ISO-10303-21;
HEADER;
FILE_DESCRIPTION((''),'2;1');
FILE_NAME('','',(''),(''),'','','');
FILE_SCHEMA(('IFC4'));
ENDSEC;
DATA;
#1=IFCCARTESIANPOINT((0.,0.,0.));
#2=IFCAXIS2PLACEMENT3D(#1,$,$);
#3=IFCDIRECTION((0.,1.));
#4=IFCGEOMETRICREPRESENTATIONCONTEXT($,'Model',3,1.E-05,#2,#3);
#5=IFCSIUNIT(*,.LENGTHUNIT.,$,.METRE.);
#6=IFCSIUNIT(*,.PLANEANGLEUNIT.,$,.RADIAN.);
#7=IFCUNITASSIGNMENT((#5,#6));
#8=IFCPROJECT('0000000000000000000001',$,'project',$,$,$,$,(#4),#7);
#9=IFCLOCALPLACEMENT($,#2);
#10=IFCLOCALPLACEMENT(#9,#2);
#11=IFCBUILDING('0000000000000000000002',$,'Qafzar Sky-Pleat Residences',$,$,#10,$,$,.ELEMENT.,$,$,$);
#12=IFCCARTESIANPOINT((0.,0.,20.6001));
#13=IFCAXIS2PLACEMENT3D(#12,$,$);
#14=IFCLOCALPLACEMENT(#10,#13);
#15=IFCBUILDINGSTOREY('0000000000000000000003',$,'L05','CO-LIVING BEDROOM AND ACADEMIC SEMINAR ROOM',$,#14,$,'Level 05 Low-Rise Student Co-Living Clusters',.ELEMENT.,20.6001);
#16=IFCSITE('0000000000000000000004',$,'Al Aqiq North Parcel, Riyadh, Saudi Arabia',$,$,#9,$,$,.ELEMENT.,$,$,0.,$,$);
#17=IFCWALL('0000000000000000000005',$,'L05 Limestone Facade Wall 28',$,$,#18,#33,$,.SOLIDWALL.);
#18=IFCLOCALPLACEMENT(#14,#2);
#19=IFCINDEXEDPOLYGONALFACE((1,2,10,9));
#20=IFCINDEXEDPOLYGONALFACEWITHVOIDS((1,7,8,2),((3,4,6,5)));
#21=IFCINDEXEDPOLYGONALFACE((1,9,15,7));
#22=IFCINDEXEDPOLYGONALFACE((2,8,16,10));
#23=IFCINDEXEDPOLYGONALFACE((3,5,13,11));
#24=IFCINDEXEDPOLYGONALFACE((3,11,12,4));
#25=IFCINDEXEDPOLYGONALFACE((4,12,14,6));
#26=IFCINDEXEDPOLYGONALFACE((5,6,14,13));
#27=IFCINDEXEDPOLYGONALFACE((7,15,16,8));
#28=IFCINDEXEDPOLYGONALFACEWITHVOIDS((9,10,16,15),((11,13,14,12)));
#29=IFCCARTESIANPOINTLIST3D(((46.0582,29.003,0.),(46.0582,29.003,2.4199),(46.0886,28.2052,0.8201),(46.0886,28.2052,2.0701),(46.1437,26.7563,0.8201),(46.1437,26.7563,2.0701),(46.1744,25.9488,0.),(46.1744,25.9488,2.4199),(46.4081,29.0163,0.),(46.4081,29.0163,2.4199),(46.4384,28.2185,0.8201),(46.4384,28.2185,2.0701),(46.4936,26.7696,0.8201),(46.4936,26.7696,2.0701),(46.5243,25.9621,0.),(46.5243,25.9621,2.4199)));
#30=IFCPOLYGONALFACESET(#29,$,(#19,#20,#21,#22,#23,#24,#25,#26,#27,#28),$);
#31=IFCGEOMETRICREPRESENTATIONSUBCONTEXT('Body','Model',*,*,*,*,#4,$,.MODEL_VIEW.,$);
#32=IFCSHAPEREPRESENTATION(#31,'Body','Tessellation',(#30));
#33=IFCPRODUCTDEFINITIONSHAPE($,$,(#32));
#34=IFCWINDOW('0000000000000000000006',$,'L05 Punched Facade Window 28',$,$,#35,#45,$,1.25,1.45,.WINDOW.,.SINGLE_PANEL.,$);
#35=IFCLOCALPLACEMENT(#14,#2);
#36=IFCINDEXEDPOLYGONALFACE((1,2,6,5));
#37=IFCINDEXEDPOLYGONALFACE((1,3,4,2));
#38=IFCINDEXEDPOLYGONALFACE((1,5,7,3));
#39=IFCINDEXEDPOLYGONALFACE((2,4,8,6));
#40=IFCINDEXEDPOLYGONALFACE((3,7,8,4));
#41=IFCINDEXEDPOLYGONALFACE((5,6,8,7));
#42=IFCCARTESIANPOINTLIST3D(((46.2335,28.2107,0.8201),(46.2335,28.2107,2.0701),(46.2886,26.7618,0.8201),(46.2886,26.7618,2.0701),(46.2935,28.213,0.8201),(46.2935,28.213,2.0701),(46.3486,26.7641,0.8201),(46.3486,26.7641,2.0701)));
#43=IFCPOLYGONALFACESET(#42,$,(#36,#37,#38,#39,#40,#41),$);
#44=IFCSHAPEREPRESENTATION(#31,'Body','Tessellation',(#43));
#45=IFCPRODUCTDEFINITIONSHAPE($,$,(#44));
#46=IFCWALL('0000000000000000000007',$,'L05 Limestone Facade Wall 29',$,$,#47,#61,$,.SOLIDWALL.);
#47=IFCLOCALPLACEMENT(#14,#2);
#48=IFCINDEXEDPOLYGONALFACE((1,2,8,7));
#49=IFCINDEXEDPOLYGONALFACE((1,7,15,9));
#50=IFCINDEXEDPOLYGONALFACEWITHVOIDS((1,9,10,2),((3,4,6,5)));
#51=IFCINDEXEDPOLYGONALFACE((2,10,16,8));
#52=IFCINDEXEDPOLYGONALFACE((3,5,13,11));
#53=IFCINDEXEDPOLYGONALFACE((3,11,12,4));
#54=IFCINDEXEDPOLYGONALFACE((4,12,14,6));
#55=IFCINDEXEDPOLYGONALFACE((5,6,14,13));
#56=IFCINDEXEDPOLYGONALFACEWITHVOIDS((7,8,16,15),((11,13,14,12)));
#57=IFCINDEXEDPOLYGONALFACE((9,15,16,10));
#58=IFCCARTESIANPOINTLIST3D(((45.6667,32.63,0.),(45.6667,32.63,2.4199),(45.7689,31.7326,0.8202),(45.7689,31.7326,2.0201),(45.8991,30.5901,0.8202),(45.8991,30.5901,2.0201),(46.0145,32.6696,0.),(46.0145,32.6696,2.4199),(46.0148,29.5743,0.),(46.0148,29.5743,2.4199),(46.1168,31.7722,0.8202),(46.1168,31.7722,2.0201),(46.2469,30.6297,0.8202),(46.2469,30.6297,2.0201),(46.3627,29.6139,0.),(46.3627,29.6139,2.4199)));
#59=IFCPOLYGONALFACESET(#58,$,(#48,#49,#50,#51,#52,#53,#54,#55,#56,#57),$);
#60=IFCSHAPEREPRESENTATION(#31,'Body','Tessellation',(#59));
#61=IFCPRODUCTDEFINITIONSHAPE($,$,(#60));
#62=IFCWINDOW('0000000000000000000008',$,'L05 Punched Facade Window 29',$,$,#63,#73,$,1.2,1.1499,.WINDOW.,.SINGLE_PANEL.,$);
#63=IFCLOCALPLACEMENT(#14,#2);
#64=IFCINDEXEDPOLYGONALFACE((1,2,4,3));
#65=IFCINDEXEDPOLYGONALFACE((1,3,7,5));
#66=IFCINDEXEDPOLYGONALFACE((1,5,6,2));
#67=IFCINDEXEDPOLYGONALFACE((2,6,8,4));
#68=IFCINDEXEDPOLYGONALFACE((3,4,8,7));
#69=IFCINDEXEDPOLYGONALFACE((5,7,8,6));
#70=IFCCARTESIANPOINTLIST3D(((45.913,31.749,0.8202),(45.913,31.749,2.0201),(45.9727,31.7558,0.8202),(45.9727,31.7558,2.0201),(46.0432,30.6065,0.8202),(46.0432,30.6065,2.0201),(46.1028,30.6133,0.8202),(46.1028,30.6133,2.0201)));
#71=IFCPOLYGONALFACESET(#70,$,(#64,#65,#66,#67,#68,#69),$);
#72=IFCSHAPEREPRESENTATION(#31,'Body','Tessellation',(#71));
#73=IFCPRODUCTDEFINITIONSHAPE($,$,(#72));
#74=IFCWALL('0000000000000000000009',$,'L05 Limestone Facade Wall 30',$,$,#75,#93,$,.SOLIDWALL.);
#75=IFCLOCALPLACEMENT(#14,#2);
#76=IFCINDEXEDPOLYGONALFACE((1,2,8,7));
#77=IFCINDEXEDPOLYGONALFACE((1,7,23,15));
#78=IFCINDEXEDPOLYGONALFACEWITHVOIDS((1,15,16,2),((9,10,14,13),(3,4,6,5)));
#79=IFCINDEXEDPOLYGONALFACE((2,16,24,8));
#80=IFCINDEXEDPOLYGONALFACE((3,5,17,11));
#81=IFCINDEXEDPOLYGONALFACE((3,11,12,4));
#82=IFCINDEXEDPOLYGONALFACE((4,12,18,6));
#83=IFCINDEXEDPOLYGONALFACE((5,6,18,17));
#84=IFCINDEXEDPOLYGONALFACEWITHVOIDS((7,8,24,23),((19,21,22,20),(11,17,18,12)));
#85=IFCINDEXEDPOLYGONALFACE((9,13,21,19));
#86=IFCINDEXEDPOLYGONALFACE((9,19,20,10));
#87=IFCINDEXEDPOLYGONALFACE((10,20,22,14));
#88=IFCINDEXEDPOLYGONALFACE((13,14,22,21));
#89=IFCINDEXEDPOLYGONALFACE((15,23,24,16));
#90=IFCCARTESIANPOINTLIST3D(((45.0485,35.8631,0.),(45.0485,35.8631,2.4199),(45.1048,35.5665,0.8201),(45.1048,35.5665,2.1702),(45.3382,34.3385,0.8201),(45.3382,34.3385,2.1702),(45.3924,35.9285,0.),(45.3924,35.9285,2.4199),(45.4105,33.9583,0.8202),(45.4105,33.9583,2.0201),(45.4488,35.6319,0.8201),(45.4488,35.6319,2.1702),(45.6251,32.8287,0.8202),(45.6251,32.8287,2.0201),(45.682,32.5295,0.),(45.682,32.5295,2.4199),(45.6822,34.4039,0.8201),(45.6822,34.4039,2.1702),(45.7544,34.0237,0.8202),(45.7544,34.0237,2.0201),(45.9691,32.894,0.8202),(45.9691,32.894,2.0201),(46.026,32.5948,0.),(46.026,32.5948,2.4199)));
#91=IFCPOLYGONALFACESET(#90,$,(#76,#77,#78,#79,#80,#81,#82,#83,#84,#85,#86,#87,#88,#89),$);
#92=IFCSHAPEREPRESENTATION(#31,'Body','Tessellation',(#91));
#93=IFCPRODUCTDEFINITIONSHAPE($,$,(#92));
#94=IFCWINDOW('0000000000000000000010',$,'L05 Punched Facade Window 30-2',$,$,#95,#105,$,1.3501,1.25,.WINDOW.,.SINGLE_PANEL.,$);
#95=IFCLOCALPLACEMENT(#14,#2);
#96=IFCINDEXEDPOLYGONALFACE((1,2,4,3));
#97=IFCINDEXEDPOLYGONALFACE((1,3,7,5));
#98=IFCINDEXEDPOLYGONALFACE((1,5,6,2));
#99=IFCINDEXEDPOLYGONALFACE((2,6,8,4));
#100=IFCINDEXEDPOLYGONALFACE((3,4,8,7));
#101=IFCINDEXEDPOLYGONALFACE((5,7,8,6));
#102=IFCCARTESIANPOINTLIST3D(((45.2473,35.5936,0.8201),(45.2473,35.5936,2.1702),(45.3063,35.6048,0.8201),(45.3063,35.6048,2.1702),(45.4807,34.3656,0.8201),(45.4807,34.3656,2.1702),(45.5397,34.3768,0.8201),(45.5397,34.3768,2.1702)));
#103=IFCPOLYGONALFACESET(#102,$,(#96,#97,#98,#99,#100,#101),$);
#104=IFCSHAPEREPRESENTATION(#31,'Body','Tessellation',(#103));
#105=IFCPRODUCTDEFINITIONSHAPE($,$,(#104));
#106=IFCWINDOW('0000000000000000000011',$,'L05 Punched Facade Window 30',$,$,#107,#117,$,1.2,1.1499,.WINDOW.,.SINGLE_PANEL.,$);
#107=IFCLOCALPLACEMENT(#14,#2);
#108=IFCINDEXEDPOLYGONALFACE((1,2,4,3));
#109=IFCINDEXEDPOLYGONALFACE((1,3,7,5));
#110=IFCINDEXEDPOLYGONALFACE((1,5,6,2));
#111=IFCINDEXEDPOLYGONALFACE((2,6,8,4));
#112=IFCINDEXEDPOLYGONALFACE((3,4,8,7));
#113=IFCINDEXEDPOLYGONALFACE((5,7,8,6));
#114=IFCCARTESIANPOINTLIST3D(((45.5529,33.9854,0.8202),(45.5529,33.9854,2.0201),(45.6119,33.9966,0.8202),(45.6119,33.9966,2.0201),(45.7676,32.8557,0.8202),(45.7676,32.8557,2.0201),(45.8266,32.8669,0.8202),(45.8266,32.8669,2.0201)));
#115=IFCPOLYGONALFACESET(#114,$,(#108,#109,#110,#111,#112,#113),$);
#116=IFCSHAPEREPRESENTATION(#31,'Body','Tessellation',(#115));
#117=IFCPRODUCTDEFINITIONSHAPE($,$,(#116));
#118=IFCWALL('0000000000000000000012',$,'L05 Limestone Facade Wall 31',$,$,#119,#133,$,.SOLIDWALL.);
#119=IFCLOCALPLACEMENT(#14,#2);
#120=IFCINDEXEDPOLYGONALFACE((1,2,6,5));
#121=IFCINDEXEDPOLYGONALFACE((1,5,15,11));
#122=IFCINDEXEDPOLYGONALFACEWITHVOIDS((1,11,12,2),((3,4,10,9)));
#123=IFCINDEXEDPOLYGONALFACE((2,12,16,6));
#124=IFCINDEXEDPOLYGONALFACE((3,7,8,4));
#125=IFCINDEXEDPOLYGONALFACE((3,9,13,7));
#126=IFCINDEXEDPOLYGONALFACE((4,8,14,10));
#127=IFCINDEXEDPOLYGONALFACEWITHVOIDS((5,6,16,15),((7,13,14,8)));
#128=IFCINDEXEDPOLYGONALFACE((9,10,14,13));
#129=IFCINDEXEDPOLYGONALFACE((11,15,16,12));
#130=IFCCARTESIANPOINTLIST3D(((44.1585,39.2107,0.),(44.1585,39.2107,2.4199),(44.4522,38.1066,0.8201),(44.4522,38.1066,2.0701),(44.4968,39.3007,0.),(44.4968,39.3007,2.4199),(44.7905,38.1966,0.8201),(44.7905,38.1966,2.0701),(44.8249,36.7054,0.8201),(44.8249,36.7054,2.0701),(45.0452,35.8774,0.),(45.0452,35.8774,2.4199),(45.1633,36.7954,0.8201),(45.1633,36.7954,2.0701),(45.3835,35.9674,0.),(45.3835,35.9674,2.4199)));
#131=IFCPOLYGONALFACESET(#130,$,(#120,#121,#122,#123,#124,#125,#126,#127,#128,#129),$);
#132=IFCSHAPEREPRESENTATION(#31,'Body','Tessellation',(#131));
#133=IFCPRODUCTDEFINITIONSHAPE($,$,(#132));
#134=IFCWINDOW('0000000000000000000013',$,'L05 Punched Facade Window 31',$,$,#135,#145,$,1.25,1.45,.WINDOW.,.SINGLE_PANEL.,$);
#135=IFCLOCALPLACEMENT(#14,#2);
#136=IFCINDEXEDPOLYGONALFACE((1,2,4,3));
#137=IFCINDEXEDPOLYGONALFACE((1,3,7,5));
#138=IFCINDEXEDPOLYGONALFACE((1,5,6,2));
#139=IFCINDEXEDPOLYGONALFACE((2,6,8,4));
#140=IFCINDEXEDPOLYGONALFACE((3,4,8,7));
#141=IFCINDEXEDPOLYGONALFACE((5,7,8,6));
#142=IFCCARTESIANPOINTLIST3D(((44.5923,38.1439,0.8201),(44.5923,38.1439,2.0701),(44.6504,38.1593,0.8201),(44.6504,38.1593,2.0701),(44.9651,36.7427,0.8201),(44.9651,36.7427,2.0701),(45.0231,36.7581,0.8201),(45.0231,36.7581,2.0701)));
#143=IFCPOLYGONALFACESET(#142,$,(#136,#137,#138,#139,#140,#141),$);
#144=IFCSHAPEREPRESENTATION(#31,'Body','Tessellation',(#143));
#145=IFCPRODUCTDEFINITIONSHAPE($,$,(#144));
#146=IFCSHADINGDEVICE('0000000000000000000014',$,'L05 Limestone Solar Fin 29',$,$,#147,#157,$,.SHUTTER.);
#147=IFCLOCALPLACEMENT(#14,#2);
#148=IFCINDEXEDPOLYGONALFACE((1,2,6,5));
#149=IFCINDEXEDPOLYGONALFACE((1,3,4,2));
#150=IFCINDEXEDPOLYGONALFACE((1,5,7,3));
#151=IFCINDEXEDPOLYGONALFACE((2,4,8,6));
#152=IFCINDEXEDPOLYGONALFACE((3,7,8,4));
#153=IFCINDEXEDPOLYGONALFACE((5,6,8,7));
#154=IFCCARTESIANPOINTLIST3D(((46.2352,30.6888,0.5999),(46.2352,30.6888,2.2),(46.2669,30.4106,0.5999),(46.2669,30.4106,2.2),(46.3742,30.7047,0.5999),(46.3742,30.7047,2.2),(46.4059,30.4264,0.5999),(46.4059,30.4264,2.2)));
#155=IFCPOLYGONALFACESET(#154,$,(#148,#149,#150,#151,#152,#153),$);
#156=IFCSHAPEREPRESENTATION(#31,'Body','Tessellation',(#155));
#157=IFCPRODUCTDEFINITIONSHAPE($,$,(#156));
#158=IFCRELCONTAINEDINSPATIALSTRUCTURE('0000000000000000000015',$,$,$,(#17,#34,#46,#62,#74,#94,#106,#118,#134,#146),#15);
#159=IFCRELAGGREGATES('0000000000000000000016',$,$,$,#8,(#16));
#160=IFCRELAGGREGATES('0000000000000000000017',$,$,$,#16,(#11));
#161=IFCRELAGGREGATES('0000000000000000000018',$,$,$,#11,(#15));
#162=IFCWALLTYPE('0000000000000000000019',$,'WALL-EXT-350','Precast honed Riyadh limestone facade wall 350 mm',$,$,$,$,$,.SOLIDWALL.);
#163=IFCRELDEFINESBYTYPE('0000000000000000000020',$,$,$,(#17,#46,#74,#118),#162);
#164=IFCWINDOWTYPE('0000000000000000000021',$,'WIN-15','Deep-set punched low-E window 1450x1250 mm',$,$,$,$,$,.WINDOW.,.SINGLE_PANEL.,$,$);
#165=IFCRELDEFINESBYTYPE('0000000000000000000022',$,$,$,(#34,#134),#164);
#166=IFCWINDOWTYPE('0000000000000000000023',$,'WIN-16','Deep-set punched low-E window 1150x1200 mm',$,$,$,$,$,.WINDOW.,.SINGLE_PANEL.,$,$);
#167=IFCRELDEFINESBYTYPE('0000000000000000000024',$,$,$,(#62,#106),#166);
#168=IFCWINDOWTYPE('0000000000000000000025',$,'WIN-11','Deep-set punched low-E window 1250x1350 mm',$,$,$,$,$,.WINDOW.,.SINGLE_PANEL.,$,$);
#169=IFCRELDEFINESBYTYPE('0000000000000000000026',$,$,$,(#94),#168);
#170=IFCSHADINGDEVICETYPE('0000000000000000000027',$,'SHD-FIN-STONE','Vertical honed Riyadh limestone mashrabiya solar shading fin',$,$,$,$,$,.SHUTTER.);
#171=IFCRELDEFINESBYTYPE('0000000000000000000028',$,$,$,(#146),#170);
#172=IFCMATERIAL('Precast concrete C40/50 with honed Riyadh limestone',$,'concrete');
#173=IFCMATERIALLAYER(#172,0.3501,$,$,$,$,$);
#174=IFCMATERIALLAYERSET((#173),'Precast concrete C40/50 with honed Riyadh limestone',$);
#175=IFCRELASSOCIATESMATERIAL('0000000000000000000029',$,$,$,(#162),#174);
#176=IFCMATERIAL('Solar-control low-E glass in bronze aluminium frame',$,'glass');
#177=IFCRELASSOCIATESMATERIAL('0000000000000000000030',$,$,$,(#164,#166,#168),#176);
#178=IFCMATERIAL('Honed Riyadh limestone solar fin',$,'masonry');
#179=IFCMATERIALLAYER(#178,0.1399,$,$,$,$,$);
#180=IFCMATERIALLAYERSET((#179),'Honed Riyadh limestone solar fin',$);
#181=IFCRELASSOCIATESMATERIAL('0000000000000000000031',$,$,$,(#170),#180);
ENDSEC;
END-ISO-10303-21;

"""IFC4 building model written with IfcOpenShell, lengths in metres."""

from ifc_helpers import new_model, si_unit, direction, frame, frame_2d, origin, origin_2d, place, context, subcontext, project, spatial, rectangle, extrude, source, transform, mapped, material, layer, layer_set, type_object, element, fill, save


model = new_model("IFC4")

# Units and contexts
model_context = context("Model", 3, precision=1e-05, world=origin(), true_north=direction((0.0, 1.0)))
body_context = subcontext(model_context, "Body", "Model", "MODEL_VIEW")
ifc_project = project(units=[si_unit("LENGTHUNIT", "METRE"), si_unit("PLANEANGLEUNIT", "RADIAN")], contexts=[model_context])

# Site, building, storey
site_placement = place(None, origin())
site = spatial("IfcSite", under=ifc_project, at=site_placement, Name="Al Aqiq North Parcel, Riyadh, Saudi Arabia", CompositionType="ELEMENT", RefElevation=0.0)
building_placement = place(site_placement, origin())
building = spatial("IfcBuilding", under=site, at=building_placement, Name="Qafzar Sky-Pleat Residences", CompositionType="ELEMENT")
storey_placement = place(building_placement, frame((0.0, 0.0, 20.6001)))
storey = spatial("IfcBuildingStorey", under=building, at=storey_placement, Name="L05", Description="CO-LIVING BEDROOM AND ACADEMIC SEMINAR ROOM", LongName="Level 05 Low-Rise Student Co-Living Clusters", CompositionType="ELEMENT", Elevation=20.6001)

# Walls, openings, windows
ifc_material_1 = material(Name="Precast concrete C40/50 with honed Riyadh limestone", Category="concrete")
ifc_layer_1 = layer(ifc_material_1, 0.3501)
ifc_layer_set_1 = layer_set([ifc_layer_1], Name="Precast concrete C40/50 with honed Riyadh limestone")
wall_type_1 = type_object("IfcWallType", Name="WALL-EXT-350", Description="Precast honed Riyadh limestone facade wall 350 mm", PredefinedType="SOLIDWALL", material=ifc_layer_set_1)
wall_1_placement = place(storey_placement, frame((46.3494, 25.9553, 0.0), z_axis=(0.0, 0.0, 1.0), x_axis=(-0.038022, 0.999277, 0.0)))
wall_1 = element("IfcWall", 1, at=wall_1_placement, inside=storey, type_object=wall_type_1, Name="L05 Limestone Facade Wall 28", PredefinedType="SOLIDWALL", context=body_context, shape_type="SweptSolid", body=[
    extrude(rectangle(XDim=3.0564, YDim=0.3501, at=frame_2d((1.5283, 0.0))), origin(), (0.0, 0.0, 1.0), 2.4199),
])
opening_1_placement = place(wall_1_placement, frame((0.8081, 0.0, 0.8201)))
opening_1 = element("IfcOpeningElement", 2, at=opening_1_placement, cuts=wall_1, PredefinedType="OPENING", context=body_context, shape_type="SweptSolid", body=[
    extrude(rectangle(XDim=1.45, YDim=1.25, at=frame_2d((0.7251, 0.625))), frame((0.0, 0.1851, 0.0), z_axis=(0.0, -1.0, 0.0), x_axis=(1.0, 0.0, 0.0)), (0.0, 0.0, 1.0), 0.3701),
])
ifc_material_2 = material(Name="Solar-control low-E glass in bronze aluminium frame", Category="glass")
window_type_1 = type_object("IfcWindowType", Name="WIN-15", Description="Deep-set punched low-E window 1450x1250 mm", PartitioningType="SINGLE_PANEL", PredefinedType="WINDOW", material=ifc_material_2)
shared_shape_1 = source(origin(), body_context, "Body", "SweptSolid", [
    extrude(rectangle(XDim=1.45, YDim=1.25, at=frame_2d((0.7251, 0.625))), frame((0.0, 0.03, 0.0), z_axis=(0.0, -1.0, 0.0), x_axis=(1.0, 0.0, 0.0)), (0.0, 0.0, 1.0), 0.0601),
])
window_1_placement = place(opening_1_placement, origin())
window_1 = element("IfcWindow", 3, at=window_1_placement, inside=storey, type_object=window_type_1, Name="L05 Punched Facade Window 28", OverallHeight=1.25, OverallWidth=1.45, PartitioningType="SINGLE_PANEL", PredefinedType="WINDOW", context=body_context, shape_type="MappedRepresentation", body=[
    mapped(shared_shape_1, transform((0.0, 0.0, 0.0), x_axis=(1.0, 0.0, 0.0), y_axis=(0.0, 1.0, 0.0), z_axis=(0.0, 0.0, 1.0), scale=1.0)),
])
fill(opening_1, window_1)
wall_2_placement = place(storey_placement, frame((46.1887, 29.5942, 0.0), z_axis=(0.0, 0.0, 1.0), x_axis=(-0.113202, 0.993572, 0.0)))
wall_2 = element("IfcWall", 4, at=wall_2_placement, inside=storey, type_object=wall_type_1, Name="L05 Limestone Facade Wall 29", PredefinedType="SOLIDWALL", context=body_context, shape_type="SweptSolid", body=[
    extrude(rectangle(XDim=3.0754, YDim=0.3501, at=frame_2d((1.5376, 0.0))), origin(), (0.0, 0.0, 1.0), 2.4199),
])
opening_2_placement = place(wall_2_placement, frame((1.0222, 0.0, 0.8201)))
opening_2 = element("IfcOpeningElement", 5, at=opening_2_placement, cuts=wall_2, PredefinedType="OPENING", context=body_context, shape_type="SweptSolid", body=[
    extrude(rectangle(XDim=1.1499, YDim=1.2, at=frame_2d((0.575, 0.6001))), frame((0.0, 0.1851, 0.0), z_axis=(0.0, -1.0, 0.0), x_axis=(1.0, 0.0, 0.0)), (0.0, 0.0, 1.0), 0.3701),
])
window_type_2 = type_object("IfcWindowType", Name="WIN-16", Description="Deep-set punched low-E window 1150x1200 mm", PartitioningType="SINGLE_PANEL", PredefinedType="WINDOW", material=ifc_material_2)
shared_shape_2 = source(origin(), body_context, "Body", "SweptSolid", [
    extrude(rectangle(XDim=1.1499, YDim=1.2, at=frame_2d((0.575, 0.6001))), frame((0.0, 0.03, 0.0), z_axis=(0.0, -1.0, 0.0), x_axis=(1.0, 0.0, 0.0)), (0.0, 0.0, 1.0), 0.0601),
])
window_2_placement = place(opening_2_placement, origin())
window_2 = element("IfcWindow", 6, at=window_2_placement, inside=storey, type_object=window_type_2, Name="L05 Punched Facade Window 29", OverallHeight=1.2, OverallWidth=1.1499, PartitioningType="SINGLE_PANEL", PredefinedType="WINDOW", context=body_context, shape_type="MappedRepresentation", body=[
    mapped(shared_shape_2, transform((0.0, 0.0, 0.0), x_axis=(1.0, 0.0, 0.0), y_axis=(0.0, 1.0, 0.0), z_axis=(0.0, 0.0, 1.0), scale=1.0)),
])
fill(opening_2, window_2)

# Wall, openings, windows
wall_3_placement = place(storey_placement, frame((45.854, 32.562, 0.0), z_axis=(0.0, 0.0, 1.0), x_axis=(-0.186699, 0.982417, 0.0)))
wall_3 = element("IfcWall", 7, at=wall_3_placement, inside=storey, type_object=wall_type_1, Name="L05 Limestone Facade Wall 30", PredefinedType="SOLIDWALL", context=body_context, shape_type="SweptSolid", body=[
    extrude(rectangle(XDim=3.3933, YDim=0.3501, at=frame_2d((1.6968, 0.0))), origin(), (0.0, 0.0, 1.0), 2.4199),
])
opening_3_placement = place(wall_3_placement, frame((0.3047, 0.0, 0.8201)))
opening_3 = element("IfcOpeningElement", 8, at=opening_3_placement, cuts=wall_3, PredefinedType="OPENING", context=body_context, shape_type="SweptSolid", body=[
    extrude(rectangle(XDim=1.1499, YDim=1.2, at=frame_2d((0.575, 0.6001))), frame((0.0, 0.1851, 0.0), z_axis=(0.0, -1.0, 0.0), x_axis=(1.0, 0.0, 0.0)), (0.0, 0.0, 1.0), 0.3701),
])
opening_4_placement = place(wall_3_placement, frame((1.8416, 0.0, 0.8201)))
opening_4 = element("IfcOpeningElement", 9, at=opening_4_placement, cuts=wall_3, PredefinedType="OPENING", context=body_context, shape_type="SweptSolid", body=[
    extrude(rectangle(XDim=1.25, YDim=1.3501, at=frame_2d((0.625, 0.675))), frame((0.0, 0.1851, 0.0), z_axis=(0.0, -1.0, 0.0), x_axis=(1.0, 0.0, 0.0)), (0.0, 0.0, 1.0), 0.3701),
])
window_type_3 = type_object("IfcWindowType", Name="WIN-11", Description="Deep-set punched low-E window 1250x1350 mm", PartitioningType="SINGLE_PANEL", PredefinedType="WINDOW", material=ifc_material_2)
shared_shape_3 = source(origin(), body_context, "Body", "SweptSolid", [
    extrude(rectangle(XDim=1.25, YDim=1.3501, at=frame_2d((0.625, 0.675))), frame((0.0, 0.03, 0.0), z_axis=(0.0, -1.0, 0.0), x_axis=(1.0, 0.0, 0.0)), (0.0, 0.0, 1.0), 0.0601),
])
window_3_placement = place(opening_4_placement, origin())
window_3 = element("IfcWindow", 10, at=window_3_placement, inside=storey, type_object=window_type_3, Name="L05 Punched Facade Window 30-2", OverallHeight=1.3501, OverallWidth=1.25, PartitioningType="SINGLE_PANEL", PredefinedType="WINDOW", context=body_context, shape_type="MappedRepresentation", body=[
    mapped(shared_shape_3, transform((0.0, 0.0, 0.0), x_axis=(1.0, 0.0, 0.0), y_axis=(0.0, 1.0, 0.0), z_axis=(0.0, 0.0, 1.0), scale=1.0)),
])
fill(opening_4, window_3)
window_4_placement = place(opening_3_placement, origin())
window_4 = element("IfcWindow", 11, at=window_4_placement, inside=storey, type_object=window_type_2, Name="L05 Punched Facade Window 30", OverallHeight=1.2, OverallWidth=1.1499, PartitioningType="SINGLE_PANEL", PredefinedType="WINDOW", context=body_context, shape_type="MappedRepresentation", body=[
    mapped(shared_shape_2, transform((0.0, 0.0, 0.0), x_axis=(1.0, 0.0, 0.0), y_axis=(0.0, 1.0, 0.0), z_axis=(0.0, 0.0, 1.0), scale=1.0)),
])
fill(opening_3, window_4)

# Wall, opening, window
wall_4_placement = place(storey_placement, frame((45.2144, 35.9224, 0.0), z_axis=(0.0, 0.0, 1.0), x_axis=(-0.257081, 0.96639, 0.0)))
wall_4 = element("IfcWall", 12, at=wall_4_placement, inside=storey, type_object=wall_type_1, Name="L05 Limestone Facade Wall 31", PredefinedType="SOLIDWALL", context=body_context, shape_type="SweptSolid", body=[
    extrude(rectangle(XDim=3.4492, YDim=0.3501, at=frame_2d((1.7246, 0.0))), origin(), (0.0, 0.0, 1.0), 2.4199),
])
opening_5_placement = place(wall_4_placement, frame((0.8567, 0.0, 0.8201)))
opening_5 = element("IfcOpeningElement", 13, at=opening_5_placement, cuts=wall_4, PredefinedType="OPENING", context=body_context, shape_type="SweptSolid", body=[
    extrude(rectangle(XDim=1.45, YDim=1.25, at=frame_2d((0.7251, 0.625))), frame((0.0, 0.1851, 0.0), z_axis=(0.0, -1.0, 0.0), x_axis=(1.0, 0.0, 0.0)), (0.0, 0.0, 1.0), 0.3701),
])
window_5_placement = place(opening_5_placement, origin())
window_5 = element("IfcWindow", 14, at=window_5_placement, inside=storey, type_object=window_type_1, Name="L05 Punched Facade Window 31", OverallHeight=1.25, OverallWidth=1.45, PartitioningType="SINGLE_PANEL", PredefinedType="WINDOW", context=body_context, shape_type="MappedRepresentation", body=[
    mapped(shared_shape_1, transform((0.0, 0.0, 0.0), x_axis=(1.0, 0.0, 0.0), y_axis=(0.0, 1.0, 0.0), z_axis=(0.0, 0.0, 1.0), scale=1.0)),
])
fill(opening_5, window_5)

# Shading device
ifc_material_3 = material(Name="Honed Riyadh limestone solar fin", Category="masonry")
ifc_layer_2 = layer(ifc_material_3, 0.1399)
ifc_layer_set_2 = layer_set([ifc_layer_2], Name="Honed Riyadh limestone solar fin")
shading_device_type = type_object("IfcShadingDeviceType", Name="SHD-FIN-STONE", Description="Vertical honed Riyadh limestone mashrabiya solar shading fin", PredefinedType="SHUTTER", material=ifc_layer_set_2)
shared_shape_4 = source(origin(), body_context, "Body", "SweptSolid", [
    extrude(rectangle(XDim=0.1399, YDim=0.28, at=origin_2d()), origin(), (0.0, 0.0, 1.0), 1.6001),
])
shading_device_placement = place(storey_placement, frame((46.3206, 30.5576, 0.5999), z_axis=(0.0, 0.0, 1.0), x_axis=(0.993565, 0.113259, 0.0)))
element("IfcShadingDevice", 15, at=shading_device_placement, inside=storey, type_object=shading_device_type, Name="L05 Limestone Solar Fin 29", PredefinedType="SHUTTER", context=body_context, shape_type="MappedRepresentation", body=[
    mapped(shared_shape_4, transform((0.0, 0.0, 0.0), x_axis=(1.0, 0.0, 0.0), y_axis=(0.0, 1.0, 0.0), z_axis=(0.0, 0.0, 1.0), scale=1.0)),
])

save(model, "model.ifc")
